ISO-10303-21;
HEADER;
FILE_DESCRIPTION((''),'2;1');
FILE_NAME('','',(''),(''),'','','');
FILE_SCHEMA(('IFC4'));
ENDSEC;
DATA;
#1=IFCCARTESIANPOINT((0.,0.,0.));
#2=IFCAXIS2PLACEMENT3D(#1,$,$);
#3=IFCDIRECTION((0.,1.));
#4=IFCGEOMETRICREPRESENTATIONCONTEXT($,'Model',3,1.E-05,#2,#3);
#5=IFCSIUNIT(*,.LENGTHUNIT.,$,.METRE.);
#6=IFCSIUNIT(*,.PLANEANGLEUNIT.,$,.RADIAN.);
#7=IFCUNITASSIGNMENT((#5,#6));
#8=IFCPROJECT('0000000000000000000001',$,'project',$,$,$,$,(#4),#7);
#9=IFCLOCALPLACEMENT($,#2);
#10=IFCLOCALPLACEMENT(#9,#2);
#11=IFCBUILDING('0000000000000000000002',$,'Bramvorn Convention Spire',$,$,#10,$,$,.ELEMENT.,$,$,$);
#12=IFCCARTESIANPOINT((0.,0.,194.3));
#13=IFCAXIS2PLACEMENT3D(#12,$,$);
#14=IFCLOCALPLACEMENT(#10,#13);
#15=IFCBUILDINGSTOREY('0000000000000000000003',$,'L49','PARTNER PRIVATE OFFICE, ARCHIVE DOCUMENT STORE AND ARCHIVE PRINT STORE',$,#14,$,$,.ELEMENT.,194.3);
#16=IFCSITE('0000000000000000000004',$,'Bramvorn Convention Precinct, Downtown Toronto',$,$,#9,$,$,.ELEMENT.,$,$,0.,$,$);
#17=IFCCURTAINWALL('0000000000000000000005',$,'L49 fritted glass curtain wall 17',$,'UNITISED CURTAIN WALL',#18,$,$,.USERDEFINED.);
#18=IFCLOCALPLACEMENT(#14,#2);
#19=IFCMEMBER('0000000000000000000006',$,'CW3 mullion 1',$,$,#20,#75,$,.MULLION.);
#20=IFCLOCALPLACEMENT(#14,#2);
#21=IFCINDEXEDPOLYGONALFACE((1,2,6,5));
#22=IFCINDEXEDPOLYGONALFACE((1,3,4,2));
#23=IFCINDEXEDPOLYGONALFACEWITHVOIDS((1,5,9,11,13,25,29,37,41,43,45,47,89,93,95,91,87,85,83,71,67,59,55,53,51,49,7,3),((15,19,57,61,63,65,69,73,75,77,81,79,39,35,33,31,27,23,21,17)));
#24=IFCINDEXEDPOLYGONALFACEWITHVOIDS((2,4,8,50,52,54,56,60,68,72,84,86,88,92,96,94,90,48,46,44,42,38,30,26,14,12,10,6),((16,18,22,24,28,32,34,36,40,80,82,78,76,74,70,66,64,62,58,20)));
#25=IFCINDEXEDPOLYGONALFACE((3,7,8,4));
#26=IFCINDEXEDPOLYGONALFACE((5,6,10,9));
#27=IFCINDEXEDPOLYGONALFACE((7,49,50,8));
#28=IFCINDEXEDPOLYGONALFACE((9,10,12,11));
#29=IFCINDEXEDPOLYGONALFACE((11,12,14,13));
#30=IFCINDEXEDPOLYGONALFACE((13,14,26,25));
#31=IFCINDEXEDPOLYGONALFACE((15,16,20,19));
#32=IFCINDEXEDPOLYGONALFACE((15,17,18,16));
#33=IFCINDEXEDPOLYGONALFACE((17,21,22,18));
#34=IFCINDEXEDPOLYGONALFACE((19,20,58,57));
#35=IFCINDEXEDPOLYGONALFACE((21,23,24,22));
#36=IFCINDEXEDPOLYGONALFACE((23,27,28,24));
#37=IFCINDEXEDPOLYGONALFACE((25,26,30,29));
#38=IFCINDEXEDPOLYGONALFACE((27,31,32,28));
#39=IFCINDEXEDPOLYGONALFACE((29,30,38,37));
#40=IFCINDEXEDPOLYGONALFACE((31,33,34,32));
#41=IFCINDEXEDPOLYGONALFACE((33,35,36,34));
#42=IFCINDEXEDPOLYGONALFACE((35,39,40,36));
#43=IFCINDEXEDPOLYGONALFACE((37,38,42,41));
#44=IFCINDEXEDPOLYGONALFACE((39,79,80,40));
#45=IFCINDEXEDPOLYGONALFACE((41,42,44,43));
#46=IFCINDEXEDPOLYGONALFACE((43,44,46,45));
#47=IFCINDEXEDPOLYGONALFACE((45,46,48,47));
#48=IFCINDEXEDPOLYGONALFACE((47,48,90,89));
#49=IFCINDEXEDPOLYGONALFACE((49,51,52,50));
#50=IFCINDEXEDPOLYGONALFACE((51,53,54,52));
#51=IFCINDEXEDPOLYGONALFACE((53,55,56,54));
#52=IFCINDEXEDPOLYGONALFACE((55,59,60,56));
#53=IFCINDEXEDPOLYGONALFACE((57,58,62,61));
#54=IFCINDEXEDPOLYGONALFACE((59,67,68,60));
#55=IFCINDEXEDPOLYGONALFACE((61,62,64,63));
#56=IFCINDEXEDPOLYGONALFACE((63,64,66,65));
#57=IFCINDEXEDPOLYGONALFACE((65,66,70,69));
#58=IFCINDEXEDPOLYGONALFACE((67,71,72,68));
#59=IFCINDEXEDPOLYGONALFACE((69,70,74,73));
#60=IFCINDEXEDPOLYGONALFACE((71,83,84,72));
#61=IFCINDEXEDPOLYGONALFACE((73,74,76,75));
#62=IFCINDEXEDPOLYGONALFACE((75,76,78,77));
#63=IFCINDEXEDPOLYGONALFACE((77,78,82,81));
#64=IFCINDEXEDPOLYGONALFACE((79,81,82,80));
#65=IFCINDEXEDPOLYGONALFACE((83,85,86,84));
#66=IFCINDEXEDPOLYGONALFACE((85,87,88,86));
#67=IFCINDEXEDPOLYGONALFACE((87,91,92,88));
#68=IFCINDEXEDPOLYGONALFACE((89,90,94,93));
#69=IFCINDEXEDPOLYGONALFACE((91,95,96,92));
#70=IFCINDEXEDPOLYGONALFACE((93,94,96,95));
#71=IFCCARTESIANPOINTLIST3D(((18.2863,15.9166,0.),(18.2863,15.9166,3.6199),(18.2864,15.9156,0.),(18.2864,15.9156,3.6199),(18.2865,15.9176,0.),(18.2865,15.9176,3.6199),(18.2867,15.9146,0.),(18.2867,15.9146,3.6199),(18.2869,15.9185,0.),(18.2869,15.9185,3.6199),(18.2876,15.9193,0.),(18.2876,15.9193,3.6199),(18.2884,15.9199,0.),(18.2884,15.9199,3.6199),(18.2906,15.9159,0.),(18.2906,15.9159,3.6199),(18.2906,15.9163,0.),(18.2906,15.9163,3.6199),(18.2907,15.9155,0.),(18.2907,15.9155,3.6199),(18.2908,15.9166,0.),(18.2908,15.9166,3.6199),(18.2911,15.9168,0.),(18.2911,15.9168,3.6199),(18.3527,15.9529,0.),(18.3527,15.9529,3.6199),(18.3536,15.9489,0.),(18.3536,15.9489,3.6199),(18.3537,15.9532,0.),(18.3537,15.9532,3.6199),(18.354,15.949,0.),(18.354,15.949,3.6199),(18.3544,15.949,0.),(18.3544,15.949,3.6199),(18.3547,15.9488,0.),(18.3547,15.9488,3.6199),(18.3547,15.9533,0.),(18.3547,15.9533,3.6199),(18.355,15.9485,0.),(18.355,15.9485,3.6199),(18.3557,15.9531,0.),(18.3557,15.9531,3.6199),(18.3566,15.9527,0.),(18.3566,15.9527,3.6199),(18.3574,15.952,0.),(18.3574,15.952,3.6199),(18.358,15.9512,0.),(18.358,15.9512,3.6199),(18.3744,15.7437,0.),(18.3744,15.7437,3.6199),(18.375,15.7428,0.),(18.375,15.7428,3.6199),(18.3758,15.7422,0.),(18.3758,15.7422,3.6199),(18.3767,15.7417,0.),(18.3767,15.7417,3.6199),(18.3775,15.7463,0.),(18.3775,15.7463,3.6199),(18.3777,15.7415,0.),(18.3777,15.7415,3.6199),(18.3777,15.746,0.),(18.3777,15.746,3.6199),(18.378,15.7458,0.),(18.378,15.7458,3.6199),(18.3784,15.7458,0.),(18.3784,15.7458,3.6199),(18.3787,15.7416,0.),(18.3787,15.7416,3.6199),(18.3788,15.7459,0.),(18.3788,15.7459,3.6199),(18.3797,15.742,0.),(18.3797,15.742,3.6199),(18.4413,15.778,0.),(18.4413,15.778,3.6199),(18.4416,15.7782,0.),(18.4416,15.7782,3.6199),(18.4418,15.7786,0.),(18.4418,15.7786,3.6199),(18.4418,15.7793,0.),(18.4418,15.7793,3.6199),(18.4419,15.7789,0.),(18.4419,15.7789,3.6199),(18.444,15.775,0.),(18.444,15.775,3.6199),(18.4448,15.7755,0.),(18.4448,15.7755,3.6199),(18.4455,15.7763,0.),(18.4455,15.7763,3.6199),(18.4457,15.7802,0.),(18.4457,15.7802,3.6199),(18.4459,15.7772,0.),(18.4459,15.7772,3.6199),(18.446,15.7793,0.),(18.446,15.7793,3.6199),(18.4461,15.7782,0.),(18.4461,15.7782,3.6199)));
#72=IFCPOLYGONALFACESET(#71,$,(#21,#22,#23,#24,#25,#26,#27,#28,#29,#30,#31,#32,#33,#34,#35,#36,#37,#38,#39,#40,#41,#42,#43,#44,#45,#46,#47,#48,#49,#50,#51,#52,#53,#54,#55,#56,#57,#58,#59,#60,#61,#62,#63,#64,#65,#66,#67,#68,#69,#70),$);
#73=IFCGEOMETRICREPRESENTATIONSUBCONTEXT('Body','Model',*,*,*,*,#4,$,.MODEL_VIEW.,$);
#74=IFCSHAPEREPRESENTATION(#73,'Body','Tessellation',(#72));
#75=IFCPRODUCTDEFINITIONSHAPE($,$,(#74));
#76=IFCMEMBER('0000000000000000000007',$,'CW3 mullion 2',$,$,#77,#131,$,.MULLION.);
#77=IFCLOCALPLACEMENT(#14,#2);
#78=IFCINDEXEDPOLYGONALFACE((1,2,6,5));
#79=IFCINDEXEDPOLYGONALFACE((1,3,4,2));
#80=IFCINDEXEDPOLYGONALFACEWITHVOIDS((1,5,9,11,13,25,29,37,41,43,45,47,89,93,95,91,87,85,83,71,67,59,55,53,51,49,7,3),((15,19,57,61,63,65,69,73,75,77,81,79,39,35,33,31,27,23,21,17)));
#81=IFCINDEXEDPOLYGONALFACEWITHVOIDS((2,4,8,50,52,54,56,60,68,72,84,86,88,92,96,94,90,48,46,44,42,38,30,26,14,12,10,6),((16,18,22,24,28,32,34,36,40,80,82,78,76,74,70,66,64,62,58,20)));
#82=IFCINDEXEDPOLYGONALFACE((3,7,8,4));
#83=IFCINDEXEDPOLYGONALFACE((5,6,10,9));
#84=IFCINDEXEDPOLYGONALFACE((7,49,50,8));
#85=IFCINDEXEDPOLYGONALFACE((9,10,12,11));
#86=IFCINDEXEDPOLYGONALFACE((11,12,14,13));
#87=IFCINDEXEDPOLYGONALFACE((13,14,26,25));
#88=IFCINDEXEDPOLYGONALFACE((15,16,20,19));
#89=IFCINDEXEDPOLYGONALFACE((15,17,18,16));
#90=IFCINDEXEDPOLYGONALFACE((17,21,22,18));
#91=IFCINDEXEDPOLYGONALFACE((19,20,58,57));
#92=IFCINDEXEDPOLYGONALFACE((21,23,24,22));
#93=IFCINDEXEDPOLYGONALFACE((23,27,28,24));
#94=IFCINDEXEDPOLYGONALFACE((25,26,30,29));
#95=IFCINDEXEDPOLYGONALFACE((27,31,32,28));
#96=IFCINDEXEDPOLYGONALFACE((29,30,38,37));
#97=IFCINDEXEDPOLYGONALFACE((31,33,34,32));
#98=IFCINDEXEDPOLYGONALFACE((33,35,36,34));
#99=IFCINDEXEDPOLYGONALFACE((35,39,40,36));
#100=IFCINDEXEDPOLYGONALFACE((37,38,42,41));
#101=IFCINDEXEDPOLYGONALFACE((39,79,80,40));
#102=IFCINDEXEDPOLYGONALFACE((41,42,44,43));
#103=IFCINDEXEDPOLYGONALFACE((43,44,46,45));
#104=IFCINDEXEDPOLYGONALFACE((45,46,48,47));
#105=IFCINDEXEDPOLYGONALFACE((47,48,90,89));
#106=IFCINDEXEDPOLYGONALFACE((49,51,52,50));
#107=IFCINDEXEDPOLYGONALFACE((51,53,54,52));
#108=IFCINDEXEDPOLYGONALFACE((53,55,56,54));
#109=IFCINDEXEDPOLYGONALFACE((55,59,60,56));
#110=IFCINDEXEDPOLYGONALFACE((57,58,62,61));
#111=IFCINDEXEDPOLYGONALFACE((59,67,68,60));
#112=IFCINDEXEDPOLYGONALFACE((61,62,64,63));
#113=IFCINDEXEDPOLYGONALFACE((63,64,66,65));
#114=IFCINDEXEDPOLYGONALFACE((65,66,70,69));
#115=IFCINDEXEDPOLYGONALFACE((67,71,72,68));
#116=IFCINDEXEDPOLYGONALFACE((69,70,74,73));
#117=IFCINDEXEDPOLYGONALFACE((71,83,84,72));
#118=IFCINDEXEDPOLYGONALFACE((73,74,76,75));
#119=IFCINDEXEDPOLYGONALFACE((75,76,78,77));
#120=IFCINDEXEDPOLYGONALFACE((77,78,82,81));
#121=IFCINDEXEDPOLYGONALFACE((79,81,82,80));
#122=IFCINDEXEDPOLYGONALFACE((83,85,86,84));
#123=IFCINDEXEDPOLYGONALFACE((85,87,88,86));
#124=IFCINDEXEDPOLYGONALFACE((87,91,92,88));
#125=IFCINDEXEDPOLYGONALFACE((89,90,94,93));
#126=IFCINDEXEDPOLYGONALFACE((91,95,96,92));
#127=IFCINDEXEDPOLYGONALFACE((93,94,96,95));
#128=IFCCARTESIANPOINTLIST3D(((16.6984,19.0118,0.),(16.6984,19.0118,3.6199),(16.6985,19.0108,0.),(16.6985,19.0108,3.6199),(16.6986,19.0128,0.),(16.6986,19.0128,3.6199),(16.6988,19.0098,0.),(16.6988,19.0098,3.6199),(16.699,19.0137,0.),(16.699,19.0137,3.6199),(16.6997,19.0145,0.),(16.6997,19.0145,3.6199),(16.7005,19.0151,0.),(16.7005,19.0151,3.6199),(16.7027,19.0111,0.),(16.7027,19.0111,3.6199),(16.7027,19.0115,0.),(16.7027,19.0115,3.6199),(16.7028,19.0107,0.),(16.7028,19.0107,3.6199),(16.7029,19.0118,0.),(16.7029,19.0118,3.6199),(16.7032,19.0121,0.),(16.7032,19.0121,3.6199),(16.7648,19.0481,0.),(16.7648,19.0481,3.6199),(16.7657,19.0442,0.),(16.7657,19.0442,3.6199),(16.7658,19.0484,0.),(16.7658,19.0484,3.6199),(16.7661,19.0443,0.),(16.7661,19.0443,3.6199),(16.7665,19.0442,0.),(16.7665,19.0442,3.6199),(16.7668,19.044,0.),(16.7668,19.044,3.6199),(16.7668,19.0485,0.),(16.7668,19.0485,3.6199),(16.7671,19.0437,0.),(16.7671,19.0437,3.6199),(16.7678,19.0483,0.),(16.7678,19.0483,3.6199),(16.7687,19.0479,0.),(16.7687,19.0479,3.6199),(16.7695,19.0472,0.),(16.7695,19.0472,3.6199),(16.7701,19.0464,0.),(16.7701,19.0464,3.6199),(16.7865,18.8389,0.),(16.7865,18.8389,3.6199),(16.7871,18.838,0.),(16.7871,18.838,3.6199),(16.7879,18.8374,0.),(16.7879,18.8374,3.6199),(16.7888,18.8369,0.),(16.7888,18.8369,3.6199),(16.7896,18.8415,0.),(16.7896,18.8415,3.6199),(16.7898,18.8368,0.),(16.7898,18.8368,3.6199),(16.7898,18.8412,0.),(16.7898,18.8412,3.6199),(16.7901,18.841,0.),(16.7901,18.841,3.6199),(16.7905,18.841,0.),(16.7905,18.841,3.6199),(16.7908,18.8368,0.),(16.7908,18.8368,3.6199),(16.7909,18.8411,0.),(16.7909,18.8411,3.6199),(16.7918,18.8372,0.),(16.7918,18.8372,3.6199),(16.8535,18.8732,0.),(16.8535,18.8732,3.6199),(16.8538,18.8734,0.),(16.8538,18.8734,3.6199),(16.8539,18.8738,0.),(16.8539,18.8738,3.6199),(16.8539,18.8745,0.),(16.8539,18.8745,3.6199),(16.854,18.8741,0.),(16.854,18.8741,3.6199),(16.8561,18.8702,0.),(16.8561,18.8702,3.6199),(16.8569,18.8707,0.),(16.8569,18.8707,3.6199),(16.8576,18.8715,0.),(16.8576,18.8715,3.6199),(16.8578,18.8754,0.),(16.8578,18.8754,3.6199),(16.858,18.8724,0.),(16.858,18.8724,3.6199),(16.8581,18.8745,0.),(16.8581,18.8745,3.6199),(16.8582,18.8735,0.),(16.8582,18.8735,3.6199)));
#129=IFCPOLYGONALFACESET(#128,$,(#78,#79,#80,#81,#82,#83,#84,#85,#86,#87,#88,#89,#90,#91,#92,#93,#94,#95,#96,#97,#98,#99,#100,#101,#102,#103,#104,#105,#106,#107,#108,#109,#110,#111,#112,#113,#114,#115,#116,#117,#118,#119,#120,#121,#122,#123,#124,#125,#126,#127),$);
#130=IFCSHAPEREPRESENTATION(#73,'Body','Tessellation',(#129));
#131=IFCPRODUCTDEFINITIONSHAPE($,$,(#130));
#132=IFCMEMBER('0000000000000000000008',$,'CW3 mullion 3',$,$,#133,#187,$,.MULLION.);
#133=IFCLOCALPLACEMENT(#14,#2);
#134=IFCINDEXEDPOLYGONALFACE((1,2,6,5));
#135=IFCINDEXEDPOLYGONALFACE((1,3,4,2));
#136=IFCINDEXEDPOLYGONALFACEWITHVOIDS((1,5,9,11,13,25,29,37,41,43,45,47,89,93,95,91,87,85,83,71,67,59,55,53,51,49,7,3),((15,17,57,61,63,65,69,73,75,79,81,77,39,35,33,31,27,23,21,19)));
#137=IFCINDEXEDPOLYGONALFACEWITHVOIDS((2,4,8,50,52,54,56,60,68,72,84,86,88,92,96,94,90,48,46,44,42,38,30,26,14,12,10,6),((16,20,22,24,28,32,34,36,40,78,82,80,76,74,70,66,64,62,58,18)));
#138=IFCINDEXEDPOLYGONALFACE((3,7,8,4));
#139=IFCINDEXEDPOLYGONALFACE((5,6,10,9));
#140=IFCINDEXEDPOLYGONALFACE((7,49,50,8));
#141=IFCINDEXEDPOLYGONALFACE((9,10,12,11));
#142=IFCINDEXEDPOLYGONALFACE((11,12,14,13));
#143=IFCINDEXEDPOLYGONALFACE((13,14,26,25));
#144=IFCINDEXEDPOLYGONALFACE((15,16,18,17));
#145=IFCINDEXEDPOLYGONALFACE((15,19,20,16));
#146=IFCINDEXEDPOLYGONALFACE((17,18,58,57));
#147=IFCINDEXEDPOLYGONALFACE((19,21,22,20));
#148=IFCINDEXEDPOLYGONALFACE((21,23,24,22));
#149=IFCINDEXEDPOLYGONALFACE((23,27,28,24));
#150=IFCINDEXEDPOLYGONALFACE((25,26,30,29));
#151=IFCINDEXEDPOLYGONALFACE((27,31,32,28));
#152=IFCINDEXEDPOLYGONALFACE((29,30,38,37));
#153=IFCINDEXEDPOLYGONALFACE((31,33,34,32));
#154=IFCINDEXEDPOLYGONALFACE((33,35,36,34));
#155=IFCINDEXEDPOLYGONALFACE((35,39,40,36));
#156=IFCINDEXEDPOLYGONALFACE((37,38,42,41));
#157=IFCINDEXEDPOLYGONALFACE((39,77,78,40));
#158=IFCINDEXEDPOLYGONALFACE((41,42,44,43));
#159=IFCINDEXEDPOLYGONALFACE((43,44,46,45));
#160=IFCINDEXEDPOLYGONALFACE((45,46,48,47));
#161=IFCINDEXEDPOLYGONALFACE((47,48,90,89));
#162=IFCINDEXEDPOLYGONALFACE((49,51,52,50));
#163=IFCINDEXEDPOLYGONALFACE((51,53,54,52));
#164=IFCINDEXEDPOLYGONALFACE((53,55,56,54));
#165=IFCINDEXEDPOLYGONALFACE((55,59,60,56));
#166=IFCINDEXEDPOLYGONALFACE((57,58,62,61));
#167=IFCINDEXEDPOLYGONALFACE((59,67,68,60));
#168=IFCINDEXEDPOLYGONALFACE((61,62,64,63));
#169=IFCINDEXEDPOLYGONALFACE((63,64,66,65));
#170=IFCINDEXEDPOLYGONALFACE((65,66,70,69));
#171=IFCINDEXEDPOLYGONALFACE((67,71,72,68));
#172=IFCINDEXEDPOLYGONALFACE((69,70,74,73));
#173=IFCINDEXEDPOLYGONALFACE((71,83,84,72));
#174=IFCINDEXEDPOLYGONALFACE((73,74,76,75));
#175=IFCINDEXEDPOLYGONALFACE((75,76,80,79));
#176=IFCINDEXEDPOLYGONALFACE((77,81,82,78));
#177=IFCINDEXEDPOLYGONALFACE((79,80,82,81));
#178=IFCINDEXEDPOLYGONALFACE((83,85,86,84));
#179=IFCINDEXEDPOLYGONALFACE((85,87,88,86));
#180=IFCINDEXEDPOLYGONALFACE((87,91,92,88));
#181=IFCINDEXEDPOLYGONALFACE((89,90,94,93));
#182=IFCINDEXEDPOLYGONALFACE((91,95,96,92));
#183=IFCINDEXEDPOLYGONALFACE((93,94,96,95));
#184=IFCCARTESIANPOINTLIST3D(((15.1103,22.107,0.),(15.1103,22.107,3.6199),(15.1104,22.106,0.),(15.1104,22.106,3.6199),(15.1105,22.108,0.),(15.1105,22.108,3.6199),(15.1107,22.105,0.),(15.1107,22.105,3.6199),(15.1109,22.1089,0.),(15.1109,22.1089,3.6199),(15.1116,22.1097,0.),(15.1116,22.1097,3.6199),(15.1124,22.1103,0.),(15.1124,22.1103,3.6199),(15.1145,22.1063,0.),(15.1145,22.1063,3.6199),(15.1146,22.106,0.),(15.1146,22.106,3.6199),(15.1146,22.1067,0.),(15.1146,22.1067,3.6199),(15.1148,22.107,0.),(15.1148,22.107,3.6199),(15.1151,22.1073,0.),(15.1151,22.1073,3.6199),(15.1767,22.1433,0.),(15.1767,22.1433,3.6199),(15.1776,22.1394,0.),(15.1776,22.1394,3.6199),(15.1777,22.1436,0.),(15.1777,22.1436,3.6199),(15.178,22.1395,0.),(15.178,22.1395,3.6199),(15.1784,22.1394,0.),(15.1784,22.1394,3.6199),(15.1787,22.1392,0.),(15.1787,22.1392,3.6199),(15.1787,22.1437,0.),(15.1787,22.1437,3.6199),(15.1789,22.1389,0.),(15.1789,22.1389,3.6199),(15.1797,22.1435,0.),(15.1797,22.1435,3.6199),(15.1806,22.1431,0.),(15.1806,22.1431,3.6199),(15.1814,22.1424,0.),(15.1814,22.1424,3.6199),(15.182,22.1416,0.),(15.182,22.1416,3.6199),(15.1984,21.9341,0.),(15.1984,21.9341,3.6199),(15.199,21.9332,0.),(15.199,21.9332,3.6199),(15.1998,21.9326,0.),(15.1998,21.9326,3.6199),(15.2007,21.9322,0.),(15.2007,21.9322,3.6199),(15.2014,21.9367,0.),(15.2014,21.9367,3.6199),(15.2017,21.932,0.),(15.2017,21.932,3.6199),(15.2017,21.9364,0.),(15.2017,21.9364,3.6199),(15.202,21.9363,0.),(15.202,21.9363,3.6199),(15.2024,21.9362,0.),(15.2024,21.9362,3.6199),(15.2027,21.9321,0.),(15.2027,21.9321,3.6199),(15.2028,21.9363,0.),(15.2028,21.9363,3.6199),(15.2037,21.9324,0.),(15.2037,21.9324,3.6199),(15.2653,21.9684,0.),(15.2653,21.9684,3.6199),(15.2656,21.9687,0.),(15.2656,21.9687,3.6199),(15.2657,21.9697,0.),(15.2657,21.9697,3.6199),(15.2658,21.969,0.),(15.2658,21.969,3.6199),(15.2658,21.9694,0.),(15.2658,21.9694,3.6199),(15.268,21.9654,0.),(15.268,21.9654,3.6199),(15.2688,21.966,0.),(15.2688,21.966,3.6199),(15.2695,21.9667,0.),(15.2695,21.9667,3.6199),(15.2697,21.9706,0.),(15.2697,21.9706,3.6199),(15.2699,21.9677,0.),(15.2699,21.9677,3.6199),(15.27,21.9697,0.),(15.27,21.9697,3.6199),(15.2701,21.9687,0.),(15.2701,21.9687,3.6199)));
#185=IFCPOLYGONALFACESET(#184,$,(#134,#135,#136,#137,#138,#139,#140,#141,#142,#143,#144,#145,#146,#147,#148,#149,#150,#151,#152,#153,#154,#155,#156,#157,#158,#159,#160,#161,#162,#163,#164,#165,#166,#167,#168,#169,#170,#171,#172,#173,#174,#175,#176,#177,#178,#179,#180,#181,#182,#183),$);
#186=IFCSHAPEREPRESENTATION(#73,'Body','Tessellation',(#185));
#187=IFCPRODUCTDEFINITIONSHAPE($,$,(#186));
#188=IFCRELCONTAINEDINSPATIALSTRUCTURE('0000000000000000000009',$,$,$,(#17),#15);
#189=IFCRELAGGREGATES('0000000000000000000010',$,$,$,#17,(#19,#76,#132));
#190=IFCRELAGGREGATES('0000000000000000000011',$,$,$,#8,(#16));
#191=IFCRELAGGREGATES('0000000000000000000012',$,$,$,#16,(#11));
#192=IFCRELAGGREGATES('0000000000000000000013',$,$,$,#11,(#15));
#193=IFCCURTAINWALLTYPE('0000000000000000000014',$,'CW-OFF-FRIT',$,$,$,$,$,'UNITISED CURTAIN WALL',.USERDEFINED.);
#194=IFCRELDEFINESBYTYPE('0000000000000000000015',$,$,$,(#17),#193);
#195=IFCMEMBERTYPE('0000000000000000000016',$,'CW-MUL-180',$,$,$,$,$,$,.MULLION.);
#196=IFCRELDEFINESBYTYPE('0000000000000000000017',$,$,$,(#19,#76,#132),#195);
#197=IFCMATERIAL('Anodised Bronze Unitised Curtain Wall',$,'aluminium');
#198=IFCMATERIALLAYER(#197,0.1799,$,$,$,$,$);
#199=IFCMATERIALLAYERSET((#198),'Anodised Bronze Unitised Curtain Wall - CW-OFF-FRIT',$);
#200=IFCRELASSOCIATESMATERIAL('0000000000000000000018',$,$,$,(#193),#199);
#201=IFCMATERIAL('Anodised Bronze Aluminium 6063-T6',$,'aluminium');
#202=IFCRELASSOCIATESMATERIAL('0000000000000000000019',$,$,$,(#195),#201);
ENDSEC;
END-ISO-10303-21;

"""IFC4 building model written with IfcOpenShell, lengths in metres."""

from ifc_helpers import new_model, si_unit, direction, frame, origin, origin_2d, place, context, subcontext, project, spatial, hollow_rectangle, extrude, material, layer, layer_set, material_profile, profile_set, type_object, element, aggregate, save


model = new_model("IFC4")

# Units and contexts
model_context = context("Model", 3, precision=1e-05, world=origin(), true_north=direction((0.0, 1.0)))
body_context = subcontext(model_context, "Body", "Model", "MODEL_VIEW")
ifc_project = project(units=[si_unit("LENGTHUNIT", "METRE"), si_unit("PLANEANGLEUNIT", "RADIAN")], contexts=[model_context])

# Site, building, storey
site_placement = place(None, origin())
site = spatial("IfcSite", under=ifc_project, at=site_placement, Name="Bramvorn Convention Precinct, Downtown Toronto", CompositionType="ELEMENT", RefElevation=0.0)
building_placement = place(site_placement, origin())
building = spatial("IfcBuilding", under=site, at=building_placement, Name="Bramvorn Convention Spire", CompositionType="ELEMENT")
storey_placement = place(building_placement, frame((0.0, 0.0, 194.3)))
storey = spatial("IfcBuildingStorey", under=building, at=storey_placement, Name="L49", Description="PARTNER PRIVATE OFFICE, ARCHIVE DOCUMENT STORE AND ARCHIVE PRINT STORE", CompositionType="ELEMENT", Elevation=194.3)

# Curtain wall, members
ifc_material_1 = material(Name="Anodised Bronze Unitised Curtain Wall", Category="aluminium")
ifc_layer_1 = layer(ifc_material_1, 0.1799)
ifc_layer_set_1 = layer_set([ifc_layer_1], Name="Anodised Bronze Unitised Curtain Wall - CW-OFF-FRIT")
curtain_wall_type = type_object("IfcCurtainWallType", Name="CW-OFF-FRIT", ElementType="UNITISED CURTAIN WALL", PredefinedType="USERDEFINED", material=ifc_layer_set_1)
curtain_wall_placement = place(storey_placement, origin())
curtain_wall = element("IfcCurtainWall", 1, at=curtain_wall_placement, inside=storey, type_object=curtain_wall_type, Name="L49 fritted glass curtain wall 17", ObjectType="UNITISED CURTAIN WALL", PredefinedType="USERDEFINED")
ifc_material_2 = material(Name="Anodised Bronze Aluminium 6063-T6", Category="aluminium")
ifc_material_profile_1 = material_profile(ifc_material_2, hollow_rectangle(XDim=0.0801, YDim=0.2, WallThickness=0.0039, InnerFilletRadius=0.001, OuterFilletRadius=0.0039, at=origin_2d()))
ifc_profile_set_1 = profile_set([ifc_material_profile_1], Name="Anodised Bronze Aluminium 6063-T6 - CWM80X200")
member_type_1 = type_object("IfcMemberType", Name="CW-MUL-180", PredefinedType="MULLION", material=ifc_profile_set_1)
member_1_placement = place(storey_placement, frame((18.3662, 15.8474, 0.0), z_axis=(0.0, 0.0, 1.0), x_axis=(-0.889736, -0.456475, 0.0)))
member_1 = element("IfcMember", 2, at=member_1_placement, type_object=member_type_1, Name="CW3 mullion 1", PredefinedType="MULLION", context=body_context, shape_type="SweptSolid", body=[
    extrude(hollow_rectangle(XDim=0.0801, YDim=0.2, WallThickness=0.0039, InnerFilletRadius=0.001, OuterFilletRadius=0.0039, at=origin_2d()), origin(), (0.0, 0.0, 1.0), 3.6199),
])
member_2_placement = place(storey_placement, frame((16.7783, 18.9426, 0.0), z_axis=(0.0, 0.0, 1.0), x_axis=(-0.889736, -0.456475, 0.0)))
member_2 = element("IfcMember", 3, at=member_2_placement, type_object=member_type_1, Name="CW3 mullion 2", PredefinedType="MULLION", context=body_context, shape_type="SweptSolid", body=[
    extrude(hollow_rectangle(XDim=0.0801, YDim=0.2, WallThickness=0.0039, InnerFilletRadius=0.001, OuterFilletRadius=0.0039, at=origin_2d()), origin(), (0.0, 0.0, 1.0), 3.6199),
])
member_3_placement = place(storey_placement, frame((15.1902, 22.0378, 0.0), z_axis=(0.0, 0.0, 1.0), x_axis=(-0.889736, -0.456475, 0.0)))
member_3 = element("IfcMember", 4, at=member_3_placement, type_object=member_type_1, Name="CW3 mullion 3", PredefinedType="MULLION", context=body_context, shape_type="SweptSolid", body=[
    extrude(hollow_rectangle(XDim=0.0801, YDim=0.2, WallThickness=0.0039, InnerFilletRadius=0.001, OuterFilletRadius=0.0039, at=origin_2d()), origin(), (0.0, 0.0, 1.0), 3.6199),
])

aggregate(curtain_wall, [member_1, member_2, member_3])

save(model, "model.ifc")
